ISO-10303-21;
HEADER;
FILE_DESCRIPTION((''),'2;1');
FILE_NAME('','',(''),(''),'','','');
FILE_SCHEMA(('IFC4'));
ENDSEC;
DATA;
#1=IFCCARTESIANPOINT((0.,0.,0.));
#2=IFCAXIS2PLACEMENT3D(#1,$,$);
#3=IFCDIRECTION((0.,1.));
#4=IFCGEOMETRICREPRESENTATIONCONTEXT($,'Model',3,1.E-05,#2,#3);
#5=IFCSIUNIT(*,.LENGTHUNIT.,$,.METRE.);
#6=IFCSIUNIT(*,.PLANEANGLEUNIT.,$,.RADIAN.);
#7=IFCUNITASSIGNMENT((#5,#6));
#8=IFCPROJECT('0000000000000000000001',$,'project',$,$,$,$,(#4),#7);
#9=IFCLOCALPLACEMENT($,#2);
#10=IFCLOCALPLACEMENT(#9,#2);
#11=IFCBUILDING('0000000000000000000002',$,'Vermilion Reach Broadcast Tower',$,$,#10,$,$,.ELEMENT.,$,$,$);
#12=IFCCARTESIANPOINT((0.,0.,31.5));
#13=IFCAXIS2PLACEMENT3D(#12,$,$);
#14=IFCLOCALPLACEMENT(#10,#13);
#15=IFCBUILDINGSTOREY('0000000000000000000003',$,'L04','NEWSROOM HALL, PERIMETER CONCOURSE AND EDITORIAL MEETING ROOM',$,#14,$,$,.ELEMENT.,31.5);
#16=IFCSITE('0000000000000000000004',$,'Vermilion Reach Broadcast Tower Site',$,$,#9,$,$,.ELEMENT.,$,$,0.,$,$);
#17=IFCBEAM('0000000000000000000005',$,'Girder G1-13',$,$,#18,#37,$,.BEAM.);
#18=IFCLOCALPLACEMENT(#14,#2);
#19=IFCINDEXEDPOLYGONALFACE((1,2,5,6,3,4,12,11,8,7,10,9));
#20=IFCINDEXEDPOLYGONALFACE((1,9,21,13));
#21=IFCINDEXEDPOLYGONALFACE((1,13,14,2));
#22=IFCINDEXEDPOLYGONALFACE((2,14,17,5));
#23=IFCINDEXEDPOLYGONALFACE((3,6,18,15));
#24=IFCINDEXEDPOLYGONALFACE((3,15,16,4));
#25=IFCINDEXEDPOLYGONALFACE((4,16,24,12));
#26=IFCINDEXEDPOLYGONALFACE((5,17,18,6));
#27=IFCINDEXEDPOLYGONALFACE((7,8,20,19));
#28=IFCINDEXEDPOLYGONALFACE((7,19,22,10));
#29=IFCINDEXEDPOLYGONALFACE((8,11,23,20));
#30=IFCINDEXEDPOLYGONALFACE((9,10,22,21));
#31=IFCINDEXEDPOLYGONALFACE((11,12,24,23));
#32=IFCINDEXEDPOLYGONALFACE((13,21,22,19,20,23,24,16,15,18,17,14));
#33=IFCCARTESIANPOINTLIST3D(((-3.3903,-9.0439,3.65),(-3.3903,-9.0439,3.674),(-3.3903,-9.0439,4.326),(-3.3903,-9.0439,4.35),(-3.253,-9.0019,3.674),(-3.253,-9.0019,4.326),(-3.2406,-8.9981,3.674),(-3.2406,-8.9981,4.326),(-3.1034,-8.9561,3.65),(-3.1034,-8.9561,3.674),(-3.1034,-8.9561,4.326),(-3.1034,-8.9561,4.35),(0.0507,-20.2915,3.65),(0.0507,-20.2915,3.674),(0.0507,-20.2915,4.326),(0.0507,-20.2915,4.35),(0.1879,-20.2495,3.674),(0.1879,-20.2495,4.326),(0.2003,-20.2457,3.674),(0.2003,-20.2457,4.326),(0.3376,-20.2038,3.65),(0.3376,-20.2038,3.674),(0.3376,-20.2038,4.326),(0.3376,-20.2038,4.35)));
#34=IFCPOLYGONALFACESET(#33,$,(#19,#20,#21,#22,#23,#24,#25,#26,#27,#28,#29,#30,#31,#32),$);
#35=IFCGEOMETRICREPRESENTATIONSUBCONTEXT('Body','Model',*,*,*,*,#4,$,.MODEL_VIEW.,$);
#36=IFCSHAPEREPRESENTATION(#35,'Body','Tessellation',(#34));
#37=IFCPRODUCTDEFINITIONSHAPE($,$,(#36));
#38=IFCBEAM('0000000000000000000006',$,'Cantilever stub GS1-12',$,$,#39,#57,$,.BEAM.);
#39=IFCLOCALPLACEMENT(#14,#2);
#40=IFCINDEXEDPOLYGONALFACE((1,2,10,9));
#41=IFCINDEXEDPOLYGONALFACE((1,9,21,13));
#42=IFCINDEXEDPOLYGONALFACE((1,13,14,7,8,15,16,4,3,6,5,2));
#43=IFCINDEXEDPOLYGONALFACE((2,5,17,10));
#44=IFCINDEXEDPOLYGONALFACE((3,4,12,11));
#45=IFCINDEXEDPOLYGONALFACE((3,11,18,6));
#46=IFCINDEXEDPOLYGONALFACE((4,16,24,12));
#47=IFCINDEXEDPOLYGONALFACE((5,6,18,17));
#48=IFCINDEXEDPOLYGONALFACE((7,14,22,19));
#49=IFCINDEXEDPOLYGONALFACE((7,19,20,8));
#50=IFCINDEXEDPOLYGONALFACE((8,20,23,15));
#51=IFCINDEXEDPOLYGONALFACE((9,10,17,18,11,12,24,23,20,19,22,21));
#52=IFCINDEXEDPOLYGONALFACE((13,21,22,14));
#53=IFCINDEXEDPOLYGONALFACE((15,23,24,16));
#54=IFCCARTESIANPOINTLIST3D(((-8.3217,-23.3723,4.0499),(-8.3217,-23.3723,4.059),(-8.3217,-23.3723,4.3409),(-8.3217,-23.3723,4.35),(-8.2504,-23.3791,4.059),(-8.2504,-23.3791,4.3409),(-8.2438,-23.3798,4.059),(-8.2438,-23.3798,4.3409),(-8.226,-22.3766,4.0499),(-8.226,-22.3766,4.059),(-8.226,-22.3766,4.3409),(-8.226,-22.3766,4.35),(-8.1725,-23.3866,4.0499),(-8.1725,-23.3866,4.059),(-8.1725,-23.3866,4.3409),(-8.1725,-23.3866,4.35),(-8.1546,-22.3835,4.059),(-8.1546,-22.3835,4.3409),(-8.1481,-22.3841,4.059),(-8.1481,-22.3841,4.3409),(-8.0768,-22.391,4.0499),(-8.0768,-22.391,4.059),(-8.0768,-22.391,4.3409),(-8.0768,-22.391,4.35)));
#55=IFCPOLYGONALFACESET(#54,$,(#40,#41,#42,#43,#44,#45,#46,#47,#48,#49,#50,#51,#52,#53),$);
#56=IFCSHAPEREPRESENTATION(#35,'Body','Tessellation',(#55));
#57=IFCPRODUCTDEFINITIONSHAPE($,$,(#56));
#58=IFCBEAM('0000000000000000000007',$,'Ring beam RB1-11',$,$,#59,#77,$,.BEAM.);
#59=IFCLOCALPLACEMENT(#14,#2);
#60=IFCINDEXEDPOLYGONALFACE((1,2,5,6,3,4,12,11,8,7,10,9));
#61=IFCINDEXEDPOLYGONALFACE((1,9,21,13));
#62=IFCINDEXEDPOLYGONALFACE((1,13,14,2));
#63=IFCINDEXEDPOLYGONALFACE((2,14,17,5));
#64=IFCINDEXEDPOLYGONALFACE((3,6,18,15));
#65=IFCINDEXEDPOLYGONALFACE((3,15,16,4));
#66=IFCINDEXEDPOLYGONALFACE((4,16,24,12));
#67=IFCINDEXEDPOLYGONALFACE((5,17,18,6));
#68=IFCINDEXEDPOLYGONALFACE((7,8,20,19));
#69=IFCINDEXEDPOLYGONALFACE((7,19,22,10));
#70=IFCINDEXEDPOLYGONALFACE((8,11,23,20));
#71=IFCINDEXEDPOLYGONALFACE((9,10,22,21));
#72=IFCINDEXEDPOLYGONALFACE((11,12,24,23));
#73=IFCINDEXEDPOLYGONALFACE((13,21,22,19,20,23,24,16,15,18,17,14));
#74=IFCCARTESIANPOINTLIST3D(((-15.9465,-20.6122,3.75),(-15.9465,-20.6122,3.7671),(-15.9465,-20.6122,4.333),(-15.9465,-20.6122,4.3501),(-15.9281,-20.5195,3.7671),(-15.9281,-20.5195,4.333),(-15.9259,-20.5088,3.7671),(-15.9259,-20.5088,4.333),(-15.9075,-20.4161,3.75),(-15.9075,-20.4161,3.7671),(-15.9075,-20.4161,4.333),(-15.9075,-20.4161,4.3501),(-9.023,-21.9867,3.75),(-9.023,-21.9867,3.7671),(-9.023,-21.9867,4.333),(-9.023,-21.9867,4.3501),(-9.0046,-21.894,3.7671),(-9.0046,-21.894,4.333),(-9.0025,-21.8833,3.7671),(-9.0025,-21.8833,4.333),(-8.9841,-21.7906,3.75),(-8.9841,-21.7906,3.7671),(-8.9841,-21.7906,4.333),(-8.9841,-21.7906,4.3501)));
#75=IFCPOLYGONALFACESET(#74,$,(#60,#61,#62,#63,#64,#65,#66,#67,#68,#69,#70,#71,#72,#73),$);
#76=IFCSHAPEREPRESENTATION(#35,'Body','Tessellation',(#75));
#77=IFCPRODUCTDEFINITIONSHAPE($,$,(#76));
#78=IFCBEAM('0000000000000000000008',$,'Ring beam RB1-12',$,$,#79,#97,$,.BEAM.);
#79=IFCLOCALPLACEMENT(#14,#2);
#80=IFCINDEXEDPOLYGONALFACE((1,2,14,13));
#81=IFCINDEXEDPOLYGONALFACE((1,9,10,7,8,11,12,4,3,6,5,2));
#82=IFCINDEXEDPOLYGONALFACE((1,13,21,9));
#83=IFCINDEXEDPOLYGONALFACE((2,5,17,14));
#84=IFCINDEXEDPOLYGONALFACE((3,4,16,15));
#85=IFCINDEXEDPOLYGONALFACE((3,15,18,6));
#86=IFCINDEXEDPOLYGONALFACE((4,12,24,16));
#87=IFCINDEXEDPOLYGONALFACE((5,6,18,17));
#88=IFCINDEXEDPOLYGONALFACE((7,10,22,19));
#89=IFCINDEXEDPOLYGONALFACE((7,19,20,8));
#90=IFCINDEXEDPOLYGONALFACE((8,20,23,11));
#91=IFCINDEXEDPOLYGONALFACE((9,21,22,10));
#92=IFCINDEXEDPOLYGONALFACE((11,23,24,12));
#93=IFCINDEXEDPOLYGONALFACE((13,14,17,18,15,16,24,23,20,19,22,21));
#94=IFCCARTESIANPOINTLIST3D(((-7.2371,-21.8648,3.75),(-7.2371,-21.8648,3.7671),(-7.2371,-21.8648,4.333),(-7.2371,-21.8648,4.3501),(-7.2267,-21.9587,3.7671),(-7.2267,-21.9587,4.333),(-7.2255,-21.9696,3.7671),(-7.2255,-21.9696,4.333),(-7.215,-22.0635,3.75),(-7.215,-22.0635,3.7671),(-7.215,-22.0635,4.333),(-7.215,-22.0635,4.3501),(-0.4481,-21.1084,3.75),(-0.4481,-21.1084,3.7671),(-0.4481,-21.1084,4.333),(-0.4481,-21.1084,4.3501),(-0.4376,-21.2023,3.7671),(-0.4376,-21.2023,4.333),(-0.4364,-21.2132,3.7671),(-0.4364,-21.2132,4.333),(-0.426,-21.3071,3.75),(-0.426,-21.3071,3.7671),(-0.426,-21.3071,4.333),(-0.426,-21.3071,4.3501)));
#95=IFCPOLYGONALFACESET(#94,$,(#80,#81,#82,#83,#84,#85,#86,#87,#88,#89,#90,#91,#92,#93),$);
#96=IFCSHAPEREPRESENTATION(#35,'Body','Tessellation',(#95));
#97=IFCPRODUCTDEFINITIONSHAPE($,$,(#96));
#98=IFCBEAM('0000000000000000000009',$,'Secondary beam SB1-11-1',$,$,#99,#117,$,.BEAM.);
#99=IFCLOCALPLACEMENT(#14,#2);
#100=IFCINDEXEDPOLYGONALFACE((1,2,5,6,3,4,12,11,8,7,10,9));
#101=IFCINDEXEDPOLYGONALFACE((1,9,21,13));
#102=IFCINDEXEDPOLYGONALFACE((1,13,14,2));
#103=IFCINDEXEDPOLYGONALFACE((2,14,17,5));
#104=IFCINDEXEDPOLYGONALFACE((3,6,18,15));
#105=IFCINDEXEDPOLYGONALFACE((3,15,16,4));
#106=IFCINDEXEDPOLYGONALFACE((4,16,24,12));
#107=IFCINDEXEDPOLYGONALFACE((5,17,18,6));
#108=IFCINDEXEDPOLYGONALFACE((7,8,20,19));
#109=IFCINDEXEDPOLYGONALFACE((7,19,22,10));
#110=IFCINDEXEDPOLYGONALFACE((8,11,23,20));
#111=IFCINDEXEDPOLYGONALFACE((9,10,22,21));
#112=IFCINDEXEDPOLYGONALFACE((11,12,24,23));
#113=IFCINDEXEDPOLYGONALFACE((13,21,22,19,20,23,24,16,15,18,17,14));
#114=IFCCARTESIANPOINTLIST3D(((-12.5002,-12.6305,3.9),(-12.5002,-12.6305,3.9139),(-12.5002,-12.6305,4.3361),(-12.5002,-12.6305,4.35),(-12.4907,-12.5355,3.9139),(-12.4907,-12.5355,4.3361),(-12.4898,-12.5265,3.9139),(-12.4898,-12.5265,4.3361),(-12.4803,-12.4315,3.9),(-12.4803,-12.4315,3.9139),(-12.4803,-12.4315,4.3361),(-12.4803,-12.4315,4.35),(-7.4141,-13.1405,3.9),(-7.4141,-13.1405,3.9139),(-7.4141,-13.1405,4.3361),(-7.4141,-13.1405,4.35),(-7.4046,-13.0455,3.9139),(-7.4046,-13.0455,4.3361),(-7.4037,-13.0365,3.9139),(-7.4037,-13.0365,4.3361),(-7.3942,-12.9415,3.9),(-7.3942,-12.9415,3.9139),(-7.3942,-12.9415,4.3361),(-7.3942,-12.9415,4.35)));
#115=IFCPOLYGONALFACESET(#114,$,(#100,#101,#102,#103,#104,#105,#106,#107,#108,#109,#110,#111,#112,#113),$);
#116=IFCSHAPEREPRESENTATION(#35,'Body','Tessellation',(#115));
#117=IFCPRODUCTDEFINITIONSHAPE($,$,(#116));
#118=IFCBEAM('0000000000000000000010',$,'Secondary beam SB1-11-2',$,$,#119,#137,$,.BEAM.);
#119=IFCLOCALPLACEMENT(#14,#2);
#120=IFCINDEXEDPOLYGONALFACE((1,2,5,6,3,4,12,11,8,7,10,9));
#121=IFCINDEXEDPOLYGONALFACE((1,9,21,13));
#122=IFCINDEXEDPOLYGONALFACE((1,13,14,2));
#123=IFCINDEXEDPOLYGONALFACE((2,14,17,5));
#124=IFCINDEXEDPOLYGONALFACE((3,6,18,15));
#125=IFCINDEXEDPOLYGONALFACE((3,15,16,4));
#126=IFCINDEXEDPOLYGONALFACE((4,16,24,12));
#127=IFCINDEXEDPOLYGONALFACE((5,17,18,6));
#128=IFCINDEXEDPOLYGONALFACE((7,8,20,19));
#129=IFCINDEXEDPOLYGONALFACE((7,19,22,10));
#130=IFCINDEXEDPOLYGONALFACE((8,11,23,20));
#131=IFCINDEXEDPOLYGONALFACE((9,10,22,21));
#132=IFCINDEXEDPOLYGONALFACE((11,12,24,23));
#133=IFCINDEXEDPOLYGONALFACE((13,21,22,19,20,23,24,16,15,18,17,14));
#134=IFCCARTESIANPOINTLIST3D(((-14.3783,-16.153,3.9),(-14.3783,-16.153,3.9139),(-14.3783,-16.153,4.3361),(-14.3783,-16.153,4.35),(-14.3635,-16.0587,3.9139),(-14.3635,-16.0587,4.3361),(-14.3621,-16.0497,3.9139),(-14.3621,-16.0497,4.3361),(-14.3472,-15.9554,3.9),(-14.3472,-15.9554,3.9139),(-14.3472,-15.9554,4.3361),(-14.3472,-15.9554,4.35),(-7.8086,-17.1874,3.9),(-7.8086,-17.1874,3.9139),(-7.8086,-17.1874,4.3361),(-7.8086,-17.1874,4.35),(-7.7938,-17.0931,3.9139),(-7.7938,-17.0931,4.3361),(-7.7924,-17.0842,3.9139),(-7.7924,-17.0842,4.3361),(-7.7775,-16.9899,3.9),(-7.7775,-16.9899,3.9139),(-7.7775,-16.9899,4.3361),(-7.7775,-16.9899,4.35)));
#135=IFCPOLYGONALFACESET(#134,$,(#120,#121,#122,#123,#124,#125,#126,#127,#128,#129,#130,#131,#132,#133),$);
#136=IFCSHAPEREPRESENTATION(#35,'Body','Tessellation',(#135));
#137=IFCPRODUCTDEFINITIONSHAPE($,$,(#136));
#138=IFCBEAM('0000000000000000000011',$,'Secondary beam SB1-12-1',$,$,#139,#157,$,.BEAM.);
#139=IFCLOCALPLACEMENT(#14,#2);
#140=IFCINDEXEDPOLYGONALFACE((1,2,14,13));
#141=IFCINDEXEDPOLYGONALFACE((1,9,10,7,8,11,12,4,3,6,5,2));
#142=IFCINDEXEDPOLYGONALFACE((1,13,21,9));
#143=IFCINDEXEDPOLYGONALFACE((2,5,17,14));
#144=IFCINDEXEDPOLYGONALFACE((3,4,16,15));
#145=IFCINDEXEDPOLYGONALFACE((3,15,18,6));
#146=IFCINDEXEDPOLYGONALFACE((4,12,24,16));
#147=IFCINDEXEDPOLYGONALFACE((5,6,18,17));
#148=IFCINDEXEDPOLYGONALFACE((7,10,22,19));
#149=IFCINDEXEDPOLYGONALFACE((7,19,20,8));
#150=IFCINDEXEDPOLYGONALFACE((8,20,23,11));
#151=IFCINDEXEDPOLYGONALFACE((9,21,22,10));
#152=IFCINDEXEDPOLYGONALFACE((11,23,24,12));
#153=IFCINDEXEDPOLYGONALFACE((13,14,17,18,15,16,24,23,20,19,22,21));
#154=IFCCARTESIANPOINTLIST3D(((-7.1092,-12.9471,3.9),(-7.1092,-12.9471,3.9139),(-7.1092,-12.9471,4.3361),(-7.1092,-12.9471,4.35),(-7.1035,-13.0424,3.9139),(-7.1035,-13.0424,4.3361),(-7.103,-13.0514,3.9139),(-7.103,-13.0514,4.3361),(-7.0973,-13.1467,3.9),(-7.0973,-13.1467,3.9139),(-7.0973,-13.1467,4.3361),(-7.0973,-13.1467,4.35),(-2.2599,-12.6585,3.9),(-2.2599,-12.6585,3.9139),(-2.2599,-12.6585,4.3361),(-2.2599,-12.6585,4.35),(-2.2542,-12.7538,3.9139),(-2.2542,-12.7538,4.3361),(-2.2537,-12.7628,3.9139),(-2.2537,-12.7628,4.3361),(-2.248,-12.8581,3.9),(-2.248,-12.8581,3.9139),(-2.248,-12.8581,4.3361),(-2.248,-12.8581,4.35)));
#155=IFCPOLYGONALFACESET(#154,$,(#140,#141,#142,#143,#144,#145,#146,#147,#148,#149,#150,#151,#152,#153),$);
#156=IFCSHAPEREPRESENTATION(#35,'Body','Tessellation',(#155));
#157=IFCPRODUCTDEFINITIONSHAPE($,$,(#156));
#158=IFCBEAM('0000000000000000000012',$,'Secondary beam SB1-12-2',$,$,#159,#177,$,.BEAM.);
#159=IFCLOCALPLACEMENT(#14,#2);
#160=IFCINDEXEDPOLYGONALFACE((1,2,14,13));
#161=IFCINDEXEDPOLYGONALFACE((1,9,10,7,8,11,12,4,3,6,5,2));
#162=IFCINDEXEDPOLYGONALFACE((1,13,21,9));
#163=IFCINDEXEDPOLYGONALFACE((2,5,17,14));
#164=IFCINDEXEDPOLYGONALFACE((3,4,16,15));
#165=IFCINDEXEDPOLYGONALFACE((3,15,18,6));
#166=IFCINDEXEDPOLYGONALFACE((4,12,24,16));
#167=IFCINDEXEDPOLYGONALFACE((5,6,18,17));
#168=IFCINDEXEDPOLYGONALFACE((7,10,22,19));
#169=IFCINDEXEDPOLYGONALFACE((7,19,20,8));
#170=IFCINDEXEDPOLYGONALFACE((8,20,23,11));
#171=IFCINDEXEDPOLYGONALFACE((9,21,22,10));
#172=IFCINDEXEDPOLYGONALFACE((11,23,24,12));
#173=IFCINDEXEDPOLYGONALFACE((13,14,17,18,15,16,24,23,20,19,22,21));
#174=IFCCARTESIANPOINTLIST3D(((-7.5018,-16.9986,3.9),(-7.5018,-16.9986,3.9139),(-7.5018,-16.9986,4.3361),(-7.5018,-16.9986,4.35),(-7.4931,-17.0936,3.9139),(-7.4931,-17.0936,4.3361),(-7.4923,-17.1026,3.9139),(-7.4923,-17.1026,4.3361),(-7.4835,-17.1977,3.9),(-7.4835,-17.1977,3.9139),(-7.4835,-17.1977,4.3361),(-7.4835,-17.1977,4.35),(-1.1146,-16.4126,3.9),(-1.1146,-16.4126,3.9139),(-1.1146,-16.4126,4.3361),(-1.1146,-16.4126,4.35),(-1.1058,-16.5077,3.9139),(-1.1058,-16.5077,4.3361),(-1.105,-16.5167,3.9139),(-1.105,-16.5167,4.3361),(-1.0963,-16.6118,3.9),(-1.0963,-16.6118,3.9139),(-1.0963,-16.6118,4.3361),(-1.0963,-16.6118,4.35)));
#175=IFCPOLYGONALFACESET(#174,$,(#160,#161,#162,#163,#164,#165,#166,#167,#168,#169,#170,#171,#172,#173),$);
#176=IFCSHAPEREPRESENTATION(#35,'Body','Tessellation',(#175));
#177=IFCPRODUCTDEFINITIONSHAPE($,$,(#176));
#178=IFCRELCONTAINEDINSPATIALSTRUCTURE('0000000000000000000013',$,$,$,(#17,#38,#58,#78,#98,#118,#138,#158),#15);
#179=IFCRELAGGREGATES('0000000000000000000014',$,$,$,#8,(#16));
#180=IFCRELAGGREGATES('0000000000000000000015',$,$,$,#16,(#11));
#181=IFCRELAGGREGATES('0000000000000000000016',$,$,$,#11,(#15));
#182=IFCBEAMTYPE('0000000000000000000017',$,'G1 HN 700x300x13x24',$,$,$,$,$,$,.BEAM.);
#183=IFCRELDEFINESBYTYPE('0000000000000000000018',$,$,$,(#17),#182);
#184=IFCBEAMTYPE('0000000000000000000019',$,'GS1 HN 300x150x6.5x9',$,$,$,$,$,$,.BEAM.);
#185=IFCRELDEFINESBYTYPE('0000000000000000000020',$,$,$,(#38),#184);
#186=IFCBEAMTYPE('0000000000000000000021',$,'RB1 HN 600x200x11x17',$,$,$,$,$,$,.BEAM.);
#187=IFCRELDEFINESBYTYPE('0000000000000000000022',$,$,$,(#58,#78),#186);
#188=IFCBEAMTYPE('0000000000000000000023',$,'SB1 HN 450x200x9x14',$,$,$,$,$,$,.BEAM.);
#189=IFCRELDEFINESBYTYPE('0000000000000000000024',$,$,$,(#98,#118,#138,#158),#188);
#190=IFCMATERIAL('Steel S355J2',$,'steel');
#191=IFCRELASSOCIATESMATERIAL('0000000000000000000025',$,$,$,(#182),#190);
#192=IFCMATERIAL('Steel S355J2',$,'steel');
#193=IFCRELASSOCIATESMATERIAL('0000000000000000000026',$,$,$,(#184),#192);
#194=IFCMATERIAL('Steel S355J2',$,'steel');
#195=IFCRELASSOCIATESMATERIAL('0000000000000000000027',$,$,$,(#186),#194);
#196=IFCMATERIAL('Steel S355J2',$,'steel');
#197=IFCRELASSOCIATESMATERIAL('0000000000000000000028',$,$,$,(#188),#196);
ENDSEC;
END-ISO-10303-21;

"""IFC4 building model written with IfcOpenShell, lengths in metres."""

from ifc_helpers import new_model, si_unit, direction, frame, origin, origin_2d, place, context, subcontext, project, spatial, i_section, extrude, material, material_profile, profile_set, type_object, element, save


model = new_model("IFC4")

# Units and contexts
model_context = context("Model", 3, precision=1e-05, world=origin(), true_north=direction((0.0, 1.0)))
body_context = subcontext(model_context, "Body", "Model", "MODEL_VIEW")
ifc_project = project(units=[si_unit("LENGTHUNIT", "METRE"), si_unit("PLANEANGLEUNIT", "RADIAN")], contexts=[model_context])

# Site, building, storey
site_placement = place(None, origin())
site = spatial("IfcSite", under=ifc_project, at=site_placement, Name="Vermilion Reach Broadcast Tower Site", CompositionType="ELEMENT", RefElevation=0.0)
building_placement = place(site_placement, origin())
building = spatial("IfcBuilding", under=site, at=building_placement, Name="Vermilion Reach Broadcast Tower", CompositionType="ELEMENT")
storey_placement = place(building_placement, frame((0.0, 0.0, 31.5)))
storey = spatial("IfcBuildingStorey", under=building, at=storey_placement, Name="L04", Description="NEWSROOM HALL, PERIMETER CONCOURSE AND EDITORIAL MEETING ROOM", CompositionType="ELEMENT", Elevation=31.5)

# Beams
ifc_material_1 = material(Name="Steel S355J2", Category="steel")
ifc_material_profile_1 = material_profile(ifc_material_1, i_section(OverallWidth=0.3, OverallDepth=0.7, WebThickness=0.0129, FlangeThickness=0.0239, at=origin_2d()), Name="S355J2 HN 700x300x13x24")
ifc_profile_set_1 = profile_set([ifc_material_profile_1], Name="Steel S355J2")
beam_type_1 = type_object("IfcBeamType", Name="G1 HN 700x300x13x24", PredefinedType="BEAM", material=ifc_profile_set_1)
beam_1_placement = place(storey_placement, frame((-3.2468, -9.0, 4.0), z_axis=(0.292542, -0.956253, 0.0), x_axis=(0.956253, 0.292542, 0.0)))
element("IfcBeam", 1, at=beam_1_placement, inside=storey, type_object=beam_type_1, Name="Girder G1-13", PredefinedType="BEAM", context=body_context, shape_type="SweptSolid", body=[
    extrude(i_section(OverallWidth=0.3, OverallDepth=0.7, WebThickness=0.0129, FlangeThickness=0.0239, at=origin_2d()), origin(), (0.0, 0.0, 1.0), 11.7622),
])
ifc_material_2 = material(Name="Steel S355J2", Category="steel")
ifc_material_profile_2 = material_profile(ifc_material_2, i_section(OverallWidth=0.1499, OverallDepth=0.3, WebThickness=0.0066, FlangeThickness=0.009, at=origin_2d()), Name="S355J2 HN 300x150x6.5x9")
ifc_profile_set_2 = profile_set([ifc_material_profile_2], Name="Steel S355J2")
beam_type_2 = type_object("IfcBeamType", Name="GS1 HN 300x150x6.5x9", PredefinedType="BEAM", material=ifc_profile_set_2)
beam_2_placement = place(storey_placement, frame((-8.1514, -22.3838, 4.2), z_axis=(-0.095685, -0.995412, 0.0), x_axis=(0.995412, -0.095685, 0.0)))
element("IfcBeam", 2, at=beam_2_placement, inside=storey, type_object=beam_type_2, Name="Cantilever stub GS1-12", PredefinedType="BEAM", context=body_context, shape_type="SweptSolid", body=[
    extrude(i_section(OverallWidth=0.1499, OverallDepth=0.3, WebThickness=0.0066, FlangeThickness=0.009, at=origin_2d()), origin(), (0.0, 0.0, 1.0), 1.0002),
])
ifc_material_3 = material(Name="Steel S355J2", Category="steel")
ifc_material_profile_3 = material_profile(ifc_material_3, i_section(OverallWidth=0.2, OverallDepth=0.6001, WebThickness=0.011, FlangeThickness=0.0171, at=origin_2d()), Name="S355J2 HN 600x200x11x17")
ifc_profile_set_3 = profile_set([ifc_material_profile_3], Name="Steel S355J2")
beam_type_3 = type_object("IfcBeamType", Name="RB1 HN 600x200x11x17", PredefinedType="BEAM", material=ifc_profile_set_3)
beam_3_placement = place(storey_placement, frame((-15.927, -20.5142, 4.05), z_axis=(0.980858, -0.194726, 0.0), x_axis=(0.194726, 0.980858, 0.0)))
element("IfcBeam", 3, at=beam_3_placement, inside=storey, type_object=beam_type_3, Name="Ring beam RB1-11", PredefinedType="BEAM", context=body_context, shape_type="SweptSolid", body=[
    extrude(i_section(OverallWidth=0.2, OverallDepth=0.6001, WebThickness=0.011, FlangeThickness=0.0171, at=origin_2d()), origin(), (0.0, 0.0, 1.0), 7.0586),
])
beam_4_placement = place(storey_placement, frame((-7.2261, -21.9641, 4.05), z_axis=(0.993851, 0.110722, 0.0), x_axis=(-0.110722, 0.993851, 0.0)))
element("IfcBeam", 4, at=beam_4_placement, inside=storey, type_object=beam_type_3, Name="Ring beam RB1-12", PredefinedType="BEAM", context=body_context, shape_type="SweptSolid", body=[
    extrude(i_section(OverallWidth=0.2, OverallDepth=0.6001, WebThickness=0.011, FlangeThickness=0.0171, at=origin_2d()), origin(), (0.0, 0.0, 1.0), 6.8311),
])
ifc_material_4 = material(Name="Steel S355J2", Category="steel")
ifc_material_profile_4 = material_profile(ifc_material_4, i_section(OverallWidth=0.2, OverallDepth=0.45, WebThickness=0.009, FlangeThickness=0.0139, at=origin_2d()), Name="S355J2 HN 450x200x9x14")
ifc_profile_set_4 = profile_set([ifc_material_profile_4], Name="Steel S355J2")
beam_type_4 = type_object("IfcBeamType", Name="SB1 HN 450x200x9x14", PredefinedType="BEAM", material=ifc_profile_set_4)
beam_5_placement = place(storey_placement, frame((-12.4902, -12.531, 4.125), z_axis=(0.99501, -0.099773, 0.0), x_axis=(0.099773, 0.99501, 0.0)))
element("IfcBeam", 5, at=beam_5_placement, inside=storey, type_object=beam_type_4, Name="Secondary beam SB1-11-1", PredefinedType="BEAM", context=body_context, shape_type="SweptSolid", body=[
    extrude(i_section(OverallWidth=0.2, OverallDepth=0.45, WebThickness=0.009, FlangeThickness=0.0139, at=origin_2d()), origin(), (0.0, 0.0, 1.0), 5.1116),
])
beam_6_placement = place(storey_placement, frame((-14.3628, -16.0542, 4.125), z_axis=(0.98783, -0.15554, 0.0), x_axis=(0.15554, 0.98783, 0.0)))
element("IfcBeam", 6, at=beam_6_placement, inside=storey, type_object=beam_type_4, Name="Secondary beam SB1-11-2", PredefinedType="BEAM", context=body_context, shape_type="SweptSolid", body=[
    extrude(i_section(OverallWidth=0.2, OverallDepth=0.45, WebThickness=0.009, FlangeThickness=0.0139, at=origin_2d()), origin(), (0.0, 0.0, 1.0), 6.6506),
])
beam_7_placement = place(storey_placement, frame((-7.1033, -13.0469, 4.125), z_axis=(0.998234, 0.059403, 0.0), x_axis=(-0.059403, 0.998234, 0.0)))
element("IfcBeam", 7, at=beam_7_placement, inside=storey, type_object=beam_type_4, Name="Secondary beam SB1-12-1", PredefinedType="BEAM", context=body_context, shape_type="SweptSolid", body=[
    extrude(i_section(OverallWidth=0.2, OverallDepth=0.45, WebThickness=0.009, FlangeThickness=0.0139, at=origin_2d()), origin(), (0.0, 0.0, 1.0), 4.8579),
])
beam_8_placement = place(storey_placement, frame((-7.4927, -17.0981, 4.125), z_axis=(0.995819, 0.091353, 0.0), x_axis=(-0.091353, 0.995819, 0.0)))
element("IfcBeam", 8, at=beam_8_placement, inside=storey, type_object=beam_type_4, Name="Secondary beam SB1-12-2", PredefinedType="BEAM", context=body_context, shape_type="SweptSolid", body=[
    extrude(i_section(OverallWidth=0.2, OverallDepth=0.45, WebThickness=0.009, FlangeThickness=0.0139, at=origin_2d()), origin(), (0.0, 0.0, 1.0), 6.4141),
])

save(model, "model.ifc")
